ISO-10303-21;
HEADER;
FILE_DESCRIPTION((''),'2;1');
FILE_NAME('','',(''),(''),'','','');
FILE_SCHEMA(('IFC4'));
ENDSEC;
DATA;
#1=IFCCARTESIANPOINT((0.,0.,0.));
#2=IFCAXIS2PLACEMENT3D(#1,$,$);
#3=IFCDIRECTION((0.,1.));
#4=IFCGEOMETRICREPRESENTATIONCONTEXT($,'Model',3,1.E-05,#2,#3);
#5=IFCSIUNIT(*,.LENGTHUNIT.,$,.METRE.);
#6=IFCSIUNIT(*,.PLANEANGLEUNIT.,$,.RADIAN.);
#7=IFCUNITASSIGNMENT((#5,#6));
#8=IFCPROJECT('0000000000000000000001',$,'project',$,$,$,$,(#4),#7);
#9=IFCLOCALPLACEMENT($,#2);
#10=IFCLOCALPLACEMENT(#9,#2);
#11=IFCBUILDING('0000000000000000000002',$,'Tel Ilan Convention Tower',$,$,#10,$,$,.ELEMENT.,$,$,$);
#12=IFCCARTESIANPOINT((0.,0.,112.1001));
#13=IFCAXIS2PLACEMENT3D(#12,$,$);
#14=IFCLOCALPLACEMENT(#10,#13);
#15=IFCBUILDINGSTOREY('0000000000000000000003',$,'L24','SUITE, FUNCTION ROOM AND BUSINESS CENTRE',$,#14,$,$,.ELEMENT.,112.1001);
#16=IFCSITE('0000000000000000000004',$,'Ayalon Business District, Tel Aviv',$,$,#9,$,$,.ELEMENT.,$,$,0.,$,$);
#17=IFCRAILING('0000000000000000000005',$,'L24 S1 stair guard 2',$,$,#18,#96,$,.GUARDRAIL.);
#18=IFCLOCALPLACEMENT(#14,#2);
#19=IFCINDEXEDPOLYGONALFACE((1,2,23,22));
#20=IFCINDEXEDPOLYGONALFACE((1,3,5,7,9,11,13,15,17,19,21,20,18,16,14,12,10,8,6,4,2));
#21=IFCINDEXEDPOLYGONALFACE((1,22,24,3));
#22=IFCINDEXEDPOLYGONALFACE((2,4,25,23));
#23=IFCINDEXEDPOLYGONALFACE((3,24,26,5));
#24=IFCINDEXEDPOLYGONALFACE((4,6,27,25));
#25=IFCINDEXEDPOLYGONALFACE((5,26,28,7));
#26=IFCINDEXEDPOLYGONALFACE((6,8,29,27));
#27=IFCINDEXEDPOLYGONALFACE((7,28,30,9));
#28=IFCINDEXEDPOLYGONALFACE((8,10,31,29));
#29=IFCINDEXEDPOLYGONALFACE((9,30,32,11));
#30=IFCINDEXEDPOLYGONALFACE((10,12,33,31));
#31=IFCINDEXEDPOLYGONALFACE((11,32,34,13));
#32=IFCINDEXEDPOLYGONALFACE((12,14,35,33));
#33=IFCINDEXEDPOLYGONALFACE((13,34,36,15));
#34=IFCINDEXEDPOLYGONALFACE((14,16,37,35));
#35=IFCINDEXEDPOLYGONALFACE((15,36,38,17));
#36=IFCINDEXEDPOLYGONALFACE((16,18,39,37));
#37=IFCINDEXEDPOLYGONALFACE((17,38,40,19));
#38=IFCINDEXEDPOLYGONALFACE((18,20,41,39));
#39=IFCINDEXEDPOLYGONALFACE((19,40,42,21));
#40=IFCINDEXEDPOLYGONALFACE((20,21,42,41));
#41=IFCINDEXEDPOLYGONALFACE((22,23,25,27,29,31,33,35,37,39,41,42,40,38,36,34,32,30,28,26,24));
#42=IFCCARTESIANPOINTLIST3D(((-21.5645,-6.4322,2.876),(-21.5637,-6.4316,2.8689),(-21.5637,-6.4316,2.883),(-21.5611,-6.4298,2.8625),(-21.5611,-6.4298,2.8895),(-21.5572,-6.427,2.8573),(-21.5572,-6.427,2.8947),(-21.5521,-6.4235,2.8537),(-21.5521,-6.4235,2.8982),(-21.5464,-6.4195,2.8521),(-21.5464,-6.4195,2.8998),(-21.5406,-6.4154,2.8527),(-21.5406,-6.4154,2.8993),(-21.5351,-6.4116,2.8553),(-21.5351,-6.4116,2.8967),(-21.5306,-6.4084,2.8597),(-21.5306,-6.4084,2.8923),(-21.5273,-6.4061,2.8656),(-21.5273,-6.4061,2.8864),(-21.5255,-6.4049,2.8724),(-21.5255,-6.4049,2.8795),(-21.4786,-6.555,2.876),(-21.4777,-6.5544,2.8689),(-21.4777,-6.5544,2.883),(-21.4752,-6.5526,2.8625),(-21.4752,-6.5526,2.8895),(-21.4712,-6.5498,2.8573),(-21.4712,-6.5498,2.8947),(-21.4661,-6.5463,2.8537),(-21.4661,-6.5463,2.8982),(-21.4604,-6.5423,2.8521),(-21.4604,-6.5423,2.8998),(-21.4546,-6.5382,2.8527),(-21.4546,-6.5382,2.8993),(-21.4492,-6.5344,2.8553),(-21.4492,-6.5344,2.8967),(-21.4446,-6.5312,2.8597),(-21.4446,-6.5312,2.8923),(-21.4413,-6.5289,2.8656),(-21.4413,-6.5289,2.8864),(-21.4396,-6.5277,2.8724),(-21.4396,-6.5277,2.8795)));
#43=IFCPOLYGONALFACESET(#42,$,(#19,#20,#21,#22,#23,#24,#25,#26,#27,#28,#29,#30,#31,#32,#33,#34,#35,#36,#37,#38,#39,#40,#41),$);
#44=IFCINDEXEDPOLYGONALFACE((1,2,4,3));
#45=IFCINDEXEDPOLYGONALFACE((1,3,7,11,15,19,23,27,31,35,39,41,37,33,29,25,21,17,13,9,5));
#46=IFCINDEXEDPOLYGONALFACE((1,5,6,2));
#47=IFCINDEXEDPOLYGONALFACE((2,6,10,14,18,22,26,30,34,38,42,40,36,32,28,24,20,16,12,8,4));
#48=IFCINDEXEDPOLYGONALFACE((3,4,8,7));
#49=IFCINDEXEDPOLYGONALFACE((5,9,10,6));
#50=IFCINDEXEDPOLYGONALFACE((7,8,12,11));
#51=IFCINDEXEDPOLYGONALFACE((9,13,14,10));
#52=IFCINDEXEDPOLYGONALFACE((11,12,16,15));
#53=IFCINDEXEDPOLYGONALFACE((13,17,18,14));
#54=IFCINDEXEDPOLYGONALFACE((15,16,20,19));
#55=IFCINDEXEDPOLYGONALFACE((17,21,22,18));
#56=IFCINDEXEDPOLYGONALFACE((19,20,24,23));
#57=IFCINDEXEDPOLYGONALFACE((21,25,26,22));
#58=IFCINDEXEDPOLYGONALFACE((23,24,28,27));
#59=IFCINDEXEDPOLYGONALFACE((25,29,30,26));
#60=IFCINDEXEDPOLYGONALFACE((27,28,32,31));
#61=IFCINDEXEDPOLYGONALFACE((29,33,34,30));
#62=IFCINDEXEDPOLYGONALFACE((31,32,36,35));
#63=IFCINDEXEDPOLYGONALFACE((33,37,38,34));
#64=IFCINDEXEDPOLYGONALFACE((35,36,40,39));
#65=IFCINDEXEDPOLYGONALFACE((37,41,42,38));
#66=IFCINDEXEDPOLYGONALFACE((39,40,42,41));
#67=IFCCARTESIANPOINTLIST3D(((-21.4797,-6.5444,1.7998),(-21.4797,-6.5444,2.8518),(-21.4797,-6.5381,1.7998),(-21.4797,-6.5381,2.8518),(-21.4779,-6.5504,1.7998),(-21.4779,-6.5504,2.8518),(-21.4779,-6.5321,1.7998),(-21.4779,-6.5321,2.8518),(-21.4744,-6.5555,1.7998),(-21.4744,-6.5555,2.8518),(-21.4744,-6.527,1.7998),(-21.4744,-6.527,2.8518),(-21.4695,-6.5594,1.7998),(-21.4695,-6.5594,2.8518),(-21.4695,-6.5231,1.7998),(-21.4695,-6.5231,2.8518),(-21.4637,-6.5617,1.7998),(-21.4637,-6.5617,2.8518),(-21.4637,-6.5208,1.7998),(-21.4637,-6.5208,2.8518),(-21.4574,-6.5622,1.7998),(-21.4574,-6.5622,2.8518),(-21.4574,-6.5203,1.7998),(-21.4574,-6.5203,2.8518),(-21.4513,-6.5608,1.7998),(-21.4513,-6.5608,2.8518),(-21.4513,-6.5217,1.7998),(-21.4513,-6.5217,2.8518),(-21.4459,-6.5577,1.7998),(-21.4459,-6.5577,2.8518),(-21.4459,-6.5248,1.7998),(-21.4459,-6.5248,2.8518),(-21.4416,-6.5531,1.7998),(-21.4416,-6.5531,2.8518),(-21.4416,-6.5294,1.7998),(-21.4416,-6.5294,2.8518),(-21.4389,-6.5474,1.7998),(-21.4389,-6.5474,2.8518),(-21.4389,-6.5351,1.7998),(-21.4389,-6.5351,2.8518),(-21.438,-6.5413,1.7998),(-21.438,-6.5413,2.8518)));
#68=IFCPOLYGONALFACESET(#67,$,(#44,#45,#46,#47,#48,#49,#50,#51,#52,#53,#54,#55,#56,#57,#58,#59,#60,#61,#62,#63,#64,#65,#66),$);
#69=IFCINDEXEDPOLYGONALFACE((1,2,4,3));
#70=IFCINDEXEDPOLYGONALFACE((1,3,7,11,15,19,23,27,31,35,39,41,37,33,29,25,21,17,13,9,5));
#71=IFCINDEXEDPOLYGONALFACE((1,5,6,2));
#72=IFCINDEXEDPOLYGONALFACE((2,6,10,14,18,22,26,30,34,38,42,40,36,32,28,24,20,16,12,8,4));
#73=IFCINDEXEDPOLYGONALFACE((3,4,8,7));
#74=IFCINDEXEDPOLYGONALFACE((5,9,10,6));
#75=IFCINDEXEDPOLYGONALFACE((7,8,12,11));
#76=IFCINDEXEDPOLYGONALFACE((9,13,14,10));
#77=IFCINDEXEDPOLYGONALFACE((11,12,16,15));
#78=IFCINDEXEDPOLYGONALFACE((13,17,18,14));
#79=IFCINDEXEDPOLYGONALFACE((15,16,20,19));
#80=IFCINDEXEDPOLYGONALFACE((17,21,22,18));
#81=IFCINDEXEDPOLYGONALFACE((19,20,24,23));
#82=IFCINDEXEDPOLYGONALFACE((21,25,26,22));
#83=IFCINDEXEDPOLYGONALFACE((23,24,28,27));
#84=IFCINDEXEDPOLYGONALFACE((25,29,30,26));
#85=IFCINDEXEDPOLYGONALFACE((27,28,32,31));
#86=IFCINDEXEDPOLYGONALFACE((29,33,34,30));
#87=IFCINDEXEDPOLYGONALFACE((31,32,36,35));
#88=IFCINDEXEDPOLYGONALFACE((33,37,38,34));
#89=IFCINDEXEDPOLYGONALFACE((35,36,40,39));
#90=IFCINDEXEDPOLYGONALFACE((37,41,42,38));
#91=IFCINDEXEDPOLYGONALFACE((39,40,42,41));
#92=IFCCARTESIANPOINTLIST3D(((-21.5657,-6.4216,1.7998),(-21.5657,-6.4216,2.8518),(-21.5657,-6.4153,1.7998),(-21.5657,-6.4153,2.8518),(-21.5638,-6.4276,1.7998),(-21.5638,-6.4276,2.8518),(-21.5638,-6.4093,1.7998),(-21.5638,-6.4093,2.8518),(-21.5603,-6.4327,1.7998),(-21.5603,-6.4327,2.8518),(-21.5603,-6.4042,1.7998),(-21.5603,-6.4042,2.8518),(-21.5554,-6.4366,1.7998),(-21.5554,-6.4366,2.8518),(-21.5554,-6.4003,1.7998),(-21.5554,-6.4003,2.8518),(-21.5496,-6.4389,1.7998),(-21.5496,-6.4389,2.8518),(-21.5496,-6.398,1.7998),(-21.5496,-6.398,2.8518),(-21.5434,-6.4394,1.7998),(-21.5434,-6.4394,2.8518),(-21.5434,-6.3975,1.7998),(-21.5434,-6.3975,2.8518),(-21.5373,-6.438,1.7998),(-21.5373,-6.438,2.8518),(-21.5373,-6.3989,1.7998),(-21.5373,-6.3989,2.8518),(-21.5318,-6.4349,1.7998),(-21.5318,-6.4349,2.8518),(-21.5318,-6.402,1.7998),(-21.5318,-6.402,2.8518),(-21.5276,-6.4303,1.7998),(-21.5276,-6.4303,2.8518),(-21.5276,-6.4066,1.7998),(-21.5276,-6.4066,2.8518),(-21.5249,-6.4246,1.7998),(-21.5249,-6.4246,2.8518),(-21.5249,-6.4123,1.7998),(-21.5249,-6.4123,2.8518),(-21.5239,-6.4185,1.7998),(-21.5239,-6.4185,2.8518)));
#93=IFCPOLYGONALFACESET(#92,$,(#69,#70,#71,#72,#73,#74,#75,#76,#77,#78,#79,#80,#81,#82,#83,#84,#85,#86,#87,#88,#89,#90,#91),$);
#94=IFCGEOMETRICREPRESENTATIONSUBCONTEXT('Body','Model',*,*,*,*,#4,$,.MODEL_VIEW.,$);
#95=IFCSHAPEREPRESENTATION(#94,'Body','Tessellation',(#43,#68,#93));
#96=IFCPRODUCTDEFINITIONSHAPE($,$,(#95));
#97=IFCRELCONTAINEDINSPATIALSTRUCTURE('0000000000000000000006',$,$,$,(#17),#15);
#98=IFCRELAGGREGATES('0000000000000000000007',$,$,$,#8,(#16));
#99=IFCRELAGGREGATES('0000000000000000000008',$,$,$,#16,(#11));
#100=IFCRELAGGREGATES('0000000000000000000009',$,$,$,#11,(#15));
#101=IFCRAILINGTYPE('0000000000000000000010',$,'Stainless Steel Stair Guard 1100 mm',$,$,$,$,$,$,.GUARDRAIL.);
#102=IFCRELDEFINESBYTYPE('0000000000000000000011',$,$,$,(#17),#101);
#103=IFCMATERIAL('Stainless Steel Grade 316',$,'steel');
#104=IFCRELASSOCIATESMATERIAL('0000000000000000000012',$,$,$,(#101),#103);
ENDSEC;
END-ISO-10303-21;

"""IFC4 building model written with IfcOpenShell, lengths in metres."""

from ifc_helpers import new_model, si_unit, direction, frame, origin, origin_2d, place, context, subcontext, project, spatial, circle, extrude, material, type_object, element, save


model = new_model("IFC4")

# Units and contexts
model_context = context("Model", 3, precision=1e-05, world=origin(), true_north=direction((0.0, 1.0)))
body_context = subcontext(model_context, "Body", "Model", "MODEL_VIEW")
ifc_project = project(units=[si_unit("LENGTHUNIT", "METRE"), si_unit("PLANEANGLEUNIT", "RADIAN")], contexts=[model_context])

# Site, building, storey
site_placement = place(None, origin())
site = spatial("IfcSite", under=ifc_project, at=site_placement, Name="Ayalon Business District, Tel Aviv", CompositionType="ELEMENT", RefElevation=0.0)
building_placement = place(site_placement, origin())
building = spatial("IfcBuilding", under=site, at=building_placement, Name="Tel Ilan Convention Tower", CompositionType="ELEMENT")
storey_placement = place(building_placement, frame((0.0, 0.0, 112.1001)))
storey = spatial("IfcBuildingStorey", under=building, at=storey_placement, Name="L24", Description="SUITE, FUNCTION ROOM AND BUSINESS CENTRE", CompositionType="ELEMENT", Elevation=112.1001)

# Railing
ifc_material_1 = material(Name="Stainless Steel Grade 316", Category="steel")
railing_type_1 = type_object("IfcRailingType", Name="Stainless Steel Stair Guard 1100 mm", PredefinedType="GUARDRAIL", material=ifc_material_1)
railing_1_placement = place(storey_placement, frame((-21.459, -6.5413, 1.7998)))
element("IfcRailing", 1, at=railing_1_placement, inside=storey, type_object=railing_type_1, Name="L24 S1 stair guard 2", PredefinedType="GUARDRAIL", context=body_context, shape_type="SweptSolid", body=[
    extrude(circle(Radius=0.0239, at=origin_2d()), frame((0.0, 0.0, 1.0762), z_axis=(-0.573353, 0.819308, 0.0), x_axis=(-0.819308, -0.573353, 0.0)), (0.0, 0.0, 1.0), 0.1499),
    extrude(circle(Radius=0.021, at=origin_2d()), origin(), (0.0, 0.0, 1.0), 1.052),
    extrude(circle(Radius=0.021, at=origin_2d()), frame((-0.0859, 0.1228, 0.0)), (0.0, 0.0, 1.0), 1.052),
])

save(model, "model.ifc")
